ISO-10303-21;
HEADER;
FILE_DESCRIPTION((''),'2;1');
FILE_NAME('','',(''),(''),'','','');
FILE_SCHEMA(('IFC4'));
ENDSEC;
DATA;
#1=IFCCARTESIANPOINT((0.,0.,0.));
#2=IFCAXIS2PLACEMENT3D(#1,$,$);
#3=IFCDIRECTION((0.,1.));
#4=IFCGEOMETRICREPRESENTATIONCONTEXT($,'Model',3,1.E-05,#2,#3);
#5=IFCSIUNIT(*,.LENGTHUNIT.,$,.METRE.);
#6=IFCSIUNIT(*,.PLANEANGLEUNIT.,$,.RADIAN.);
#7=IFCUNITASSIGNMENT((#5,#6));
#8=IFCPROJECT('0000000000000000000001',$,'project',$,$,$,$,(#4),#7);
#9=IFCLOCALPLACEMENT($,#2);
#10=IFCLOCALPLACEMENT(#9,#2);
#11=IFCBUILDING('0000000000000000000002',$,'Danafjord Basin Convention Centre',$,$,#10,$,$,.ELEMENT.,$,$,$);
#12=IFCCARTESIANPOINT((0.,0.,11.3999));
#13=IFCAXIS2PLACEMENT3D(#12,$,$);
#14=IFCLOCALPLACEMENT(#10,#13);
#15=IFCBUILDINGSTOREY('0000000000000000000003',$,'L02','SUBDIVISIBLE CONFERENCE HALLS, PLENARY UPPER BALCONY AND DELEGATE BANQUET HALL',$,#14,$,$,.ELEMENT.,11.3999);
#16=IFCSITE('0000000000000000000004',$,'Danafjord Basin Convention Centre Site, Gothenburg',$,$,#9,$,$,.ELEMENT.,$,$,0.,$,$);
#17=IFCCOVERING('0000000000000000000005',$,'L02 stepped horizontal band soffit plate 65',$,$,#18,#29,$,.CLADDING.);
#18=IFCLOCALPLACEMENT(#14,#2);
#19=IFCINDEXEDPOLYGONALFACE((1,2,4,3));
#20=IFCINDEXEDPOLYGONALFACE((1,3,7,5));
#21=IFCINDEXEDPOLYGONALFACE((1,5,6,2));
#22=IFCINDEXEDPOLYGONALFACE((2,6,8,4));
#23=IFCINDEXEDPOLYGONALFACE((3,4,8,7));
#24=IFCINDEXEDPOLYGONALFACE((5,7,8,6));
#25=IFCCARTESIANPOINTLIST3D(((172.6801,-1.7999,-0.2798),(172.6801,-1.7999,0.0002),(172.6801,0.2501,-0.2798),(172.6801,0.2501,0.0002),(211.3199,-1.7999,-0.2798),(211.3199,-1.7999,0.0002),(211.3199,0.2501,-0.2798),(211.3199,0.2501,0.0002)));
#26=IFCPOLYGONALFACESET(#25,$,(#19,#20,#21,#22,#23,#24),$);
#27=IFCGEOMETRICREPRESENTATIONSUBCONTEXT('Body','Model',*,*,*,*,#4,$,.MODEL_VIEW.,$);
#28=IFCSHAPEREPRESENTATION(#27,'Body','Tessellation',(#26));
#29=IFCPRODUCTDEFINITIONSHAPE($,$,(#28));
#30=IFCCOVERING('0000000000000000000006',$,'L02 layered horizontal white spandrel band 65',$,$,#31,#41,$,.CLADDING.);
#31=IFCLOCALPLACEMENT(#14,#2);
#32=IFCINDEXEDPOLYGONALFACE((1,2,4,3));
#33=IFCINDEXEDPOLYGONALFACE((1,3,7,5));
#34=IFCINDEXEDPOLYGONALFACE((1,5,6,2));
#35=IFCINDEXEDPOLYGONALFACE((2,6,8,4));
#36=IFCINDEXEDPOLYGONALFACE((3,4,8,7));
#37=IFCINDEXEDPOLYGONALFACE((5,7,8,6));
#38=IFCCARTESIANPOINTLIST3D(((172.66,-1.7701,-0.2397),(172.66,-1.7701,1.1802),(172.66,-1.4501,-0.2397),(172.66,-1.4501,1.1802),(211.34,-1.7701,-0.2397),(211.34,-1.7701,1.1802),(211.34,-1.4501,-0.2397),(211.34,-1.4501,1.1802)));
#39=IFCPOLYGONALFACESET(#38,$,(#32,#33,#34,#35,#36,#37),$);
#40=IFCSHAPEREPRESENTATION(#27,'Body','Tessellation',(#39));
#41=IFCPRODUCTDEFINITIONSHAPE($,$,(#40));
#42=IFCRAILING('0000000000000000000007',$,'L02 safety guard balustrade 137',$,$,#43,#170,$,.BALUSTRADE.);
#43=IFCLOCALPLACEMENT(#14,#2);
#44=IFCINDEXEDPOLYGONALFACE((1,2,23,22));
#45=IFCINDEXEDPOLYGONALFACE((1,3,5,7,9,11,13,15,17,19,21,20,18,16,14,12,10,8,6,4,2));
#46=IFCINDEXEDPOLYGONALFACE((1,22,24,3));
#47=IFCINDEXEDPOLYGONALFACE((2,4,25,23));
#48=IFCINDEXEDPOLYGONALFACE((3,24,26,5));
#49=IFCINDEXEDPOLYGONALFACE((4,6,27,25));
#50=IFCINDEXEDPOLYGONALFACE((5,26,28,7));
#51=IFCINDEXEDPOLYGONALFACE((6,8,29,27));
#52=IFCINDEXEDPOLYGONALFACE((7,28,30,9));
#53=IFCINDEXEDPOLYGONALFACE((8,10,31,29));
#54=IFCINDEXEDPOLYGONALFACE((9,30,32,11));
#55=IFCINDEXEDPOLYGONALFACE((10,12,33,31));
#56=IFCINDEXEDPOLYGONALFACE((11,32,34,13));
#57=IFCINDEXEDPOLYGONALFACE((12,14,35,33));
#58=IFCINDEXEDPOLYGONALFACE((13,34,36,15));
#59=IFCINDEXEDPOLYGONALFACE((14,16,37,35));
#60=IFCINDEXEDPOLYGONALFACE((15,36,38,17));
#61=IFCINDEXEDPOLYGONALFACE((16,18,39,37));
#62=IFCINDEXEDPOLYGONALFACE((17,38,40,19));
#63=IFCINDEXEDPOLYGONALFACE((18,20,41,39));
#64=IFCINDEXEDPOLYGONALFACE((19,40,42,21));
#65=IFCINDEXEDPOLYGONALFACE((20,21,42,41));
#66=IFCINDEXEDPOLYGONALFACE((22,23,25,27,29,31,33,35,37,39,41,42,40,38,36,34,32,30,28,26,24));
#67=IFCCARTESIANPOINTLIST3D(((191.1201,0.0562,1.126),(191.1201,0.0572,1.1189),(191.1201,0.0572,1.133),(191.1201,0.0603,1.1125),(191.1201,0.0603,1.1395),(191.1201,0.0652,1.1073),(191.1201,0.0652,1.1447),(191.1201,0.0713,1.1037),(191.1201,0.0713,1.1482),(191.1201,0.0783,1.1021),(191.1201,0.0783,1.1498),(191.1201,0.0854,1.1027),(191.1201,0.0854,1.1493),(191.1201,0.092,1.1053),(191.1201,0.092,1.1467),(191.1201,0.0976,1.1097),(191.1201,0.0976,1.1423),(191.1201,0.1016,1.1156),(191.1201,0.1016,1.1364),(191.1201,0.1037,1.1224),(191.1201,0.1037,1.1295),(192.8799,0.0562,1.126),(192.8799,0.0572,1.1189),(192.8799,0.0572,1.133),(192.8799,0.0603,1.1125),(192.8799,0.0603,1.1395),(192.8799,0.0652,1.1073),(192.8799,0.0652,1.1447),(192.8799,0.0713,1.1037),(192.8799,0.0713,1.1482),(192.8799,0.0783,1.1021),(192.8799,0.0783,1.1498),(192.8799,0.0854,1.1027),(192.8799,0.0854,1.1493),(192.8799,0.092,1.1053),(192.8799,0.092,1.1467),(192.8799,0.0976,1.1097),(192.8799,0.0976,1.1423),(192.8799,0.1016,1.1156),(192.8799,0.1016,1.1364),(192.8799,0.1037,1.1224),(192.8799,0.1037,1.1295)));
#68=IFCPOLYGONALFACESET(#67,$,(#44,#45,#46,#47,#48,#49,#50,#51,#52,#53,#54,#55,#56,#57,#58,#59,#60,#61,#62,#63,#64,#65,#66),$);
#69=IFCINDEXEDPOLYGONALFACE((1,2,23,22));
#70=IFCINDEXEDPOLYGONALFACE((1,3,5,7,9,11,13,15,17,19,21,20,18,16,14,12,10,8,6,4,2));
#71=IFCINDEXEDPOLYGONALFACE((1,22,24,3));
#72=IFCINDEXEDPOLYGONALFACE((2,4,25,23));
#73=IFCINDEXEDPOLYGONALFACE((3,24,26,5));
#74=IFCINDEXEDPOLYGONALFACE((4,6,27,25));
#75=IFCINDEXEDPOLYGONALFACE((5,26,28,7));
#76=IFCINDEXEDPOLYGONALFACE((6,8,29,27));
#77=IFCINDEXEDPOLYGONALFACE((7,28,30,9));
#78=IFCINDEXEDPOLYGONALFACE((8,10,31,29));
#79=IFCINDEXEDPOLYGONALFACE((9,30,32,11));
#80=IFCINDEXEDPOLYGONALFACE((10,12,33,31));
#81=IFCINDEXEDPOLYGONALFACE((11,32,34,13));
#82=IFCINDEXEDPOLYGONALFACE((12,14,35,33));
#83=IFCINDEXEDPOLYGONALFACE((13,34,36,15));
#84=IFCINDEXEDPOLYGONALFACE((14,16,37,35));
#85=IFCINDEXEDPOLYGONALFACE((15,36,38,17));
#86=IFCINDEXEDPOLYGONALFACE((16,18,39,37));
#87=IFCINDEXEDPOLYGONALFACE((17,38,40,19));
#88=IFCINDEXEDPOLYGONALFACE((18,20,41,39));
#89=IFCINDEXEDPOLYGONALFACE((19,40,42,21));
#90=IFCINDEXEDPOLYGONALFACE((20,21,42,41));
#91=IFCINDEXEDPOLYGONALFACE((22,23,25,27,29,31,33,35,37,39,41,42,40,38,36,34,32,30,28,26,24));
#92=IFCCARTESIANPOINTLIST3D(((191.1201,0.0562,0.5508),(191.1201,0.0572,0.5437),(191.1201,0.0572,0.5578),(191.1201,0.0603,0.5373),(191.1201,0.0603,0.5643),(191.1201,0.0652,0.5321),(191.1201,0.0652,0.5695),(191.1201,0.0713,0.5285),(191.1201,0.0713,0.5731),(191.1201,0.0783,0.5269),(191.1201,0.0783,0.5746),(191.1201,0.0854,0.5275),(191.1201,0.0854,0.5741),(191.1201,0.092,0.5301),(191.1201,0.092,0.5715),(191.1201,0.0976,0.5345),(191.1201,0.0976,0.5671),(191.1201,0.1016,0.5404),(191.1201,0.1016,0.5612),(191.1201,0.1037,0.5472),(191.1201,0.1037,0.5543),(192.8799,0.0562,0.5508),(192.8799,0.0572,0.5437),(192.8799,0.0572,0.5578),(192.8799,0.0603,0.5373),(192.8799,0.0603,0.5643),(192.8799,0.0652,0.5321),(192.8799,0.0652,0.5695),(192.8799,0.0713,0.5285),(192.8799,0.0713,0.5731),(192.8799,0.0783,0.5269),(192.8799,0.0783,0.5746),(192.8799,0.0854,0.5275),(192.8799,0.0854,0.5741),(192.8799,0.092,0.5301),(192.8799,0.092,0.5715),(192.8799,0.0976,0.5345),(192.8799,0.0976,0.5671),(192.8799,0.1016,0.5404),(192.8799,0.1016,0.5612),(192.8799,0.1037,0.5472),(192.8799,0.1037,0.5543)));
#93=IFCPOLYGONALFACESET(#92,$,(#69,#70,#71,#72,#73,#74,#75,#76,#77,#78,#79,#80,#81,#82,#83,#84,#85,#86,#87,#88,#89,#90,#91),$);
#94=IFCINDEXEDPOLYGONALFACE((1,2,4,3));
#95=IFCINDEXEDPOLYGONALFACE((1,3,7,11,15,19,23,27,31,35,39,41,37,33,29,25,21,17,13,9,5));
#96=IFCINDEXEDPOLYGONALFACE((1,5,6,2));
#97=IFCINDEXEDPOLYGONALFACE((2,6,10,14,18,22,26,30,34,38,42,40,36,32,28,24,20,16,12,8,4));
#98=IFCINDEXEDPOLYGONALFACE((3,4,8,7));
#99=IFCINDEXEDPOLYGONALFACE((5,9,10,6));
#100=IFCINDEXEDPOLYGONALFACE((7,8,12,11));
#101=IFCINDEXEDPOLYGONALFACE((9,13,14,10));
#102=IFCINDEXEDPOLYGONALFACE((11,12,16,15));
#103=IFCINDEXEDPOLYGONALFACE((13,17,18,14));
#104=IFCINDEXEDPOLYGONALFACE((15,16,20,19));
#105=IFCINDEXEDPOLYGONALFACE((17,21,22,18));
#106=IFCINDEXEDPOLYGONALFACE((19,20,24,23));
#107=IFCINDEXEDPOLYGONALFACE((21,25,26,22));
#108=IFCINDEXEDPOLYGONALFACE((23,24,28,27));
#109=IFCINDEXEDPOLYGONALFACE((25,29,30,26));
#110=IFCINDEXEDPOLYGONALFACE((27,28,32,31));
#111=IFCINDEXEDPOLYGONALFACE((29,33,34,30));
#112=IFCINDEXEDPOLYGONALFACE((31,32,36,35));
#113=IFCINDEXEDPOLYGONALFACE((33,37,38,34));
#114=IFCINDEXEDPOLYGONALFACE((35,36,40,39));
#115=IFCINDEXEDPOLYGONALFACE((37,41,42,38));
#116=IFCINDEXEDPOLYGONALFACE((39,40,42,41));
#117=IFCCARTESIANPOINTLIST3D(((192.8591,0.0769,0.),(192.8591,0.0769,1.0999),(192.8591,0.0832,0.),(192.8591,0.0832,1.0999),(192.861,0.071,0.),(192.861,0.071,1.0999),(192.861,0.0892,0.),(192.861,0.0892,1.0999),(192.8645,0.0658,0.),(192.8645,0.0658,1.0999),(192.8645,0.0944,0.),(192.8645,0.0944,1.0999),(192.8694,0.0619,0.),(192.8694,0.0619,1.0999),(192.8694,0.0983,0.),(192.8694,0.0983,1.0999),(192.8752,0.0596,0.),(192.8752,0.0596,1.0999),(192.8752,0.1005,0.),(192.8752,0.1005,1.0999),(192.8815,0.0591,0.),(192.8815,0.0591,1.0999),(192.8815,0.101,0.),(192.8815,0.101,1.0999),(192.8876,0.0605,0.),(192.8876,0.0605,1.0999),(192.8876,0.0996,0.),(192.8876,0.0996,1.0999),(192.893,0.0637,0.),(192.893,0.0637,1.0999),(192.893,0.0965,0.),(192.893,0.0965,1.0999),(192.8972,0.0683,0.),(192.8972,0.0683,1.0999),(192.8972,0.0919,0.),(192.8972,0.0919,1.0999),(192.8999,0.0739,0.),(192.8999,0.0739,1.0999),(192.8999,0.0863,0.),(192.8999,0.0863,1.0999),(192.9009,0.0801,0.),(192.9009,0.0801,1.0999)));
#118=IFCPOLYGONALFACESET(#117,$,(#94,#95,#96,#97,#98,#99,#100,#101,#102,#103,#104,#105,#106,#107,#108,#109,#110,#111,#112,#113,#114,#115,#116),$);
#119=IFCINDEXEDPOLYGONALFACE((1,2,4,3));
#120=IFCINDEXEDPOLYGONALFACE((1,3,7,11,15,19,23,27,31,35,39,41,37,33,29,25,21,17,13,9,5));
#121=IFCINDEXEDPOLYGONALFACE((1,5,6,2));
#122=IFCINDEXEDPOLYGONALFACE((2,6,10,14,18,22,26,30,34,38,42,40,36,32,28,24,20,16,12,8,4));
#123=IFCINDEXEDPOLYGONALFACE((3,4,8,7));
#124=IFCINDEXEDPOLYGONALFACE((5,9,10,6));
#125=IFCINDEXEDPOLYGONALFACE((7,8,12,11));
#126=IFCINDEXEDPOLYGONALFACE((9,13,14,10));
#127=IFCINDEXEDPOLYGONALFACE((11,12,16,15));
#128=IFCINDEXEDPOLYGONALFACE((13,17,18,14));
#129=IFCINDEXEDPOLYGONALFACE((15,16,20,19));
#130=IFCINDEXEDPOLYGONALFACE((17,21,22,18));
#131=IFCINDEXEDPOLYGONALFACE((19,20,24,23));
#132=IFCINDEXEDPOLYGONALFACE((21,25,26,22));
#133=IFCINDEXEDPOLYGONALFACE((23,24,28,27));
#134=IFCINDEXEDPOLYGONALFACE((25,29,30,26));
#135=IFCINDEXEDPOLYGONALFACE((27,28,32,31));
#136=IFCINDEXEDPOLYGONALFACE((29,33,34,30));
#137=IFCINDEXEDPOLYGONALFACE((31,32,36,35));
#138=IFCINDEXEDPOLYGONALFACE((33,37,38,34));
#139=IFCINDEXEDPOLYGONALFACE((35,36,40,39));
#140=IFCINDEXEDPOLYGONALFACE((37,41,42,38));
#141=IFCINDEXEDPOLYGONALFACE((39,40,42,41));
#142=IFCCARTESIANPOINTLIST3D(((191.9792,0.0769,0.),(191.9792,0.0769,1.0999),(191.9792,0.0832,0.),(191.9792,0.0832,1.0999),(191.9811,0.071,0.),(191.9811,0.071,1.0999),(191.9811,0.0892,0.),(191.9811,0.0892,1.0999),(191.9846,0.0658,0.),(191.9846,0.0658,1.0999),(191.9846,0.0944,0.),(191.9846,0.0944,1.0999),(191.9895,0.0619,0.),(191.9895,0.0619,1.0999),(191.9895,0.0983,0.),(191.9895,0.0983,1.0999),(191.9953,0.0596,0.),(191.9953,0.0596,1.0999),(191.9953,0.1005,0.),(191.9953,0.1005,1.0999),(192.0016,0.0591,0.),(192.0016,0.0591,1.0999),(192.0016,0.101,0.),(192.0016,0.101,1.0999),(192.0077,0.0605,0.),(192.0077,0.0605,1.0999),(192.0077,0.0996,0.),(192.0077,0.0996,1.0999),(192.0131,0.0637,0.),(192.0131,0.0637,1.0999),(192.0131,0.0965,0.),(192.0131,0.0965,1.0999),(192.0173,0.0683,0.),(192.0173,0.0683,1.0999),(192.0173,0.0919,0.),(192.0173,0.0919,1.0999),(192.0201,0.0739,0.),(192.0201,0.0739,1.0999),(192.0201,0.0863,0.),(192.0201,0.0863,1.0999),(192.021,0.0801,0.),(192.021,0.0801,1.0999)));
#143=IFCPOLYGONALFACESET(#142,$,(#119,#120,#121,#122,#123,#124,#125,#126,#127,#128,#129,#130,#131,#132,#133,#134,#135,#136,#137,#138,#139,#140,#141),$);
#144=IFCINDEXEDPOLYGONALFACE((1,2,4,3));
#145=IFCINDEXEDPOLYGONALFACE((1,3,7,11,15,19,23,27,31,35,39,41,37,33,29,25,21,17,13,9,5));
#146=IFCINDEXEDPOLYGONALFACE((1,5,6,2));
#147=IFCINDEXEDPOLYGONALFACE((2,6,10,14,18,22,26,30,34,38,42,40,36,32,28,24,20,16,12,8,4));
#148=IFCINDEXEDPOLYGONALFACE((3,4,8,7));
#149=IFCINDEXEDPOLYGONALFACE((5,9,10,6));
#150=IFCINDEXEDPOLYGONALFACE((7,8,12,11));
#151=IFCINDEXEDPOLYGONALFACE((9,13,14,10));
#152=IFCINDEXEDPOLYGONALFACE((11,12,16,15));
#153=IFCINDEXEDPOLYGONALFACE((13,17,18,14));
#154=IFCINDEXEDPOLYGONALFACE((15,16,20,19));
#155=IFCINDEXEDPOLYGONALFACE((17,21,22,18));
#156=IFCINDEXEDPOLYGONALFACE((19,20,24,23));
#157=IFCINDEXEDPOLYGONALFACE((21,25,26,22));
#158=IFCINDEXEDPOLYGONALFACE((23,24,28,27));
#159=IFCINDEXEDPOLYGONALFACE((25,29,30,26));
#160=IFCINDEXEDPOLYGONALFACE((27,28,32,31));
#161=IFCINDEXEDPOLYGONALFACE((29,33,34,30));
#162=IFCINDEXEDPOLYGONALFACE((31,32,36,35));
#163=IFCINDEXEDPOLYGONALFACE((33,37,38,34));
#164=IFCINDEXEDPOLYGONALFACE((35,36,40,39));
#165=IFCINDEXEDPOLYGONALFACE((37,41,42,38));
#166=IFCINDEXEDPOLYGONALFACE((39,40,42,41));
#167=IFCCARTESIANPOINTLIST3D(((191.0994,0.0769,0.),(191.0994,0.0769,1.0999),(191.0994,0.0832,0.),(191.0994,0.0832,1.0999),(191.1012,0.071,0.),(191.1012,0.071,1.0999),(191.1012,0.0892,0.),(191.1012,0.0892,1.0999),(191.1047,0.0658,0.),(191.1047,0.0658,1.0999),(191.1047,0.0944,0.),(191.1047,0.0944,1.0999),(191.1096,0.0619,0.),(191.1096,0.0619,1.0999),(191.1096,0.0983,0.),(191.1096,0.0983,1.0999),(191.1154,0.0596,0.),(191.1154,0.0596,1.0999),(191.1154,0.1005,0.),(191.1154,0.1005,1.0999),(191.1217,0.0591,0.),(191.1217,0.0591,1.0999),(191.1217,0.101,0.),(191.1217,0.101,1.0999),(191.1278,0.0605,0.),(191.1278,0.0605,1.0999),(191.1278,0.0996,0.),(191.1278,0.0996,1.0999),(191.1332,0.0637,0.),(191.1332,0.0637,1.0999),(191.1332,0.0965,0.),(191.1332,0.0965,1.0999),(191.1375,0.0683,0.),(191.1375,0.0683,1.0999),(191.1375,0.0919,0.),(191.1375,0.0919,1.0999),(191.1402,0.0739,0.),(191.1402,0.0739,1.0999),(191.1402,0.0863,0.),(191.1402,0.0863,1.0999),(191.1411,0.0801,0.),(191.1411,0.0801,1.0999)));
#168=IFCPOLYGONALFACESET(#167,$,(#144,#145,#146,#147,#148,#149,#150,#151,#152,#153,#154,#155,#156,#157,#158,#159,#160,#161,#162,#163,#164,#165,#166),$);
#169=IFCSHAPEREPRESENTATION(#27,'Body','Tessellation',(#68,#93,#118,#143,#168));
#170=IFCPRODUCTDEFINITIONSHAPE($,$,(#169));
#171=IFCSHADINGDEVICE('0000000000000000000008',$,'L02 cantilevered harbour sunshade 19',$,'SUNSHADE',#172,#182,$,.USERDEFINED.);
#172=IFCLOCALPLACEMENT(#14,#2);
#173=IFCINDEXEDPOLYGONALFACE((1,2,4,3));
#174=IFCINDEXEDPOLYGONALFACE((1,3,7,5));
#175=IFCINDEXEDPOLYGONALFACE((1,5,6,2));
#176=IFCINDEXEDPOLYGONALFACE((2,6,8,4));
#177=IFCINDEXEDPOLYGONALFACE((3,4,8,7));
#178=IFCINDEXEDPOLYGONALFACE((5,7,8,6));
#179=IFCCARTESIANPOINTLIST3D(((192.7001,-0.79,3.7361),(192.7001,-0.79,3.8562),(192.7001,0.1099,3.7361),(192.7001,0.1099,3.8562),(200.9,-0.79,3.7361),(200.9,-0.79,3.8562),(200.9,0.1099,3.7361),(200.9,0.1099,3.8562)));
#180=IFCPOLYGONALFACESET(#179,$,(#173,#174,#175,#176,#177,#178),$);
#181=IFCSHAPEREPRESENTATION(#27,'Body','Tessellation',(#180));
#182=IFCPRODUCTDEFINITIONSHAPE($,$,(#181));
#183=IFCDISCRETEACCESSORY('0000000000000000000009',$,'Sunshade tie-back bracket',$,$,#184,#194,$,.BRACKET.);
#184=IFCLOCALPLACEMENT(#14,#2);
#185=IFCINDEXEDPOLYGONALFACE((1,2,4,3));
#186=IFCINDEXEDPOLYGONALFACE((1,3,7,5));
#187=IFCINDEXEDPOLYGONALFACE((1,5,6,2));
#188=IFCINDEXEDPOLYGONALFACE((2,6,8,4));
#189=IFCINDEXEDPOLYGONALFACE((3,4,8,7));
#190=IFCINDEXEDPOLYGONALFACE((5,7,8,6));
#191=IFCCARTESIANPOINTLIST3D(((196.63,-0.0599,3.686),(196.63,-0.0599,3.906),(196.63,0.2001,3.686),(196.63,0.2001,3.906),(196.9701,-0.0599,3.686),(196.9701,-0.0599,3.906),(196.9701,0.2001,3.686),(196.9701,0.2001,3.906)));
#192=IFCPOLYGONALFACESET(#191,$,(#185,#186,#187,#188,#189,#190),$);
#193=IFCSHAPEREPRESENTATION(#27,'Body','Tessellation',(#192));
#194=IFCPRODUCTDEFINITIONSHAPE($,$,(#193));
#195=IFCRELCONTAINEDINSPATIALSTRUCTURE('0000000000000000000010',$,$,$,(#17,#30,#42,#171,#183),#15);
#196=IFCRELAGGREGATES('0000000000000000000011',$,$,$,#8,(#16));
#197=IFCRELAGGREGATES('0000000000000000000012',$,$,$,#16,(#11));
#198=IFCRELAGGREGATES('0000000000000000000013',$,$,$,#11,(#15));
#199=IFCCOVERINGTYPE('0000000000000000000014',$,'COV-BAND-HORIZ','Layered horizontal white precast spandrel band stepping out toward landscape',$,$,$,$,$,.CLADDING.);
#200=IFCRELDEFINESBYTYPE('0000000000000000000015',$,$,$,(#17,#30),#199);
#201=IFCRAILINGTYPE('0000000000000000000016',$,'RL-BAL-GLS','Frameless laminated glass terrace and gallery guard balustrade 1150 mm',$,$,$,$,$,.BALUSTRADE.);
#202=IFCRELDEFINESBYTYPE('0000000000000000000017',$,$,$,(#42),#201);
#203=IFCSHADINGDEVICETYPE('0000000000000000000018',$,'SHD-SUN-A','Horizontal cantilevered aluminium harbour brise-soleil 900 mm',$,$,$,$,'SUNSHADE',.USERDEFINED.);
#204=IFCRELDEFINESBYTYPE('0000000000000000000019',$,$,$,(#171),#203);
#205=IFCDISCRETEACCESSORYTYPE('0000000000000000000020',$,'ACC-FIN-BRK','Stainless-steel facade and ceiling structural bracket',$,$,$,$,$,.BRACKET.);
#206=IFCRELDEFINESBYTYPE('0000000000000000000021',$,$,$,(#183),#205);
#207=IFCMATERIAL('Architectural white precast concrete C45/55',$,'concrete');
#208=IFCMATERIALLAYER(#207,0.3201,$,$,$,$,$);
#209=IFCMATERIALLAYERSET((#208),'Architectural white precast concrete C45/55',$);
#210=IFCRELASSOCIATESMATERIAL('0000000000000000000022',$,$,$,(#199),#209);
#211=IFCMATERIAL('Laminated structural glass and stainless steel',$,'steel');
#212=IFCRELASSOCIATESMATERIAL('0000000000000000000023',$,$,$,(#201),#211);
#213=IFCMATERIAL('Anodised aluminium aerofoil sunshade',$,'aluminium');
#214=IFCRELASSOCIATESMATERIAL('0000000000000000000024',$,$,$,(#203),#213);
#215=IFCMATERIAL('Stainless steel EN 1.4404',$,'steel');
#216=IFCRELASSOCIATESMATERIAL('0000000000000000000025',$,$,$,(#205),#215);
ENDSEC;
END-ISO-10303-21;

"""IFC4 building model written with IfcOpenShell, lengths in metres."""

from ifc_helpers import new_model, si_unit, direction, frame, origin, origin_2d, place, context, subcontext, project, spatial, rectangle, circle, extrude, material, layer, layer_set, type_object, element, save


model = new_model("IFC4")

# Units and contexts
model_context = context("Model", 3, precision=1e-05, world=origin(), true_north=direction((0.0, 1.0)))
body_context = subcontext(model_context, "Body", "Model", "MODEL_VIEW")
ifc_project = project(units=[si_unit("LENGTHUNIT", "METRE"), si_unit("PLANEANGLEUNIT", "RADIAN")], contexts=[model_context])

# Site, building, storey
site_placement = place(None, origin())
site = spatial("IfcSite", under=ifc_project, at=site_placement, Name="Danafjord Basin Convention Centre Site, Gothenburg", CompositionType="ELEMENT", RefElevation=0.0)
building_placement = place(site_placement, origin())
building = spatial("IfcBuilding", under=site, at=building_placement, Name="Danafjord Basin Convention Centre", CompositionType="ELEMENT")
storey_placement = place(building_placement, frame((0.0, 0.0, 11.3999)))
storey = spatial("IfcBuildingStorey", under=building, at=storey_placement, Name="L02", Description="SUBDIVISIBLE CONFERENCE HALLS, PLENARY UPPER BALCONY AND DELEGATE BANQUET HALL", CompositionType="ELEMENT", Elevation=11.3999)

# Coverings
ifc_material_1 = material(Name="Architectural white precast concrete C45/55", Category="concrete")
ifc_layer_1 = layer(ifc_material_1, 0.3201)
ifc_layer_set_1 = layer_set([ifc_layer_1], Name="Architectural white precast concrete C45/55")
covering_type = type_object("IfcCoveringType", Name="COV-BAND-HORIZ", Description="Layered horizontal white precast spandrel band stepping out toward landscape", PredefinedType="CLADDING", material=ifc_layer_set_1)
covering_1_placement = place(storey_placement, frame((192.0, -0.7749, -0.2798), z_axis=(0.0, 0.0, 1.0), x_axis=(1.0, 0.0, 0.0)))
element("IfcCovering", 1, at=covering_1_placement, inside=storey, type_object=covering_type, Name="L02 stepped horizontal band soffit plate 65", PredefinedType="CLADDING", context=body_context, shape_type="SweptSolid", body=[
    extrude(rectangle(XDim=38.6399, YDim=2.05, at=origin_2d()), origin(), (0.0, 0.0, 1.0), 0.28),
])
covering_2_placement = place(storey_placement, frame((192.0, -1.6101, -0.2397), z_axis=(0.0, 0.0, 1.0), x_axis=(1.0, 0.0, 0.0)))
element("IfcCovering", 2, at=covering_2_placement, inside=storey, type_object=covering_type, Name="L02 layered horizontal white spandrel band 65", PredefinedType="CLADDING", context=body_context, shape_type="SweptSolid", body=[
    extrude(rectangle(XDim=38.6799, YDim=0.3201, at=origin_2d()), origin(), (0.0, 0.0, 1.0), 1.4199),
])

# Railing
ifc_material_2 = material(Name="Laminated structural glass and stainless steel", Category="steel")
railing_type = type_object("IfcRailingType", Name="RL-BAL-GLS", Description="Frameless laminated glass terrace and gallery guard balustrade 1150 mm", PredefinedType="BALUSTRADE", material=ifc_material_2)
railing_placement = place(storey_placement, frame((192.8799, 0.0801, 0.0)))
element("IfcRailing", 3, at=railing_placement, inside=storey, type_object=railing_type, Name="L02 safety guard balustrade 137", PredefinedType="BALUSTRADE", context=body_context, shape_type="SweptSolid", body=[
    extrude(circle(Radius=0.0239, at=origin_2d()), frame((0.0, 0.0, 1.126), z_axis=(-1.0, 0.0, 0.0), x_axis=(0.0, -1.0, 0.0)), (0.0, 0.0, 1.0), 1.7598),
    extrude(circle(Radius=0.0239, at=origin_2d()), frame((0.0, 0.0, 0.5508), z_axis=(-1.0, 0.0, 0.0), x_axis=(0.0, -1.0, 0.0)), (0.0, 0.0, 1.0), 1.7598),
    extrude(circle(Radius=0.021, at=origin_2d()), origin(), (0.0, 0.0, 1.0), 1.0999),
    extrude(circle(Radius=0.021, at=origin_2d()), frame((-0.8799, 0.0, 0.0)), (0.0, 0.0, 1.0), 1.0999),
    extrude(circle(Radius=0.021, at=origin_2d()), frame((-1.7598, 0.0, 0.0)), (0.0, 0.0, 1.0), 1.0999),
])

# Shading device
ifc_material_3 = material(Name="Anodised aluminium aerofoil sunshade", Category="aluminium")
shading_device_type = type_object("IfcShadingDeviceType", Name="SHD-SUN-A", Description="Horizontal cantilevered aluminium harbour brise-soleil 900 mm", ElementType="SUNSHADE", PredefinedType="USERDEFINED", material=ifc_material_3)
shading_device_placement = place(storey_placement, frame((196.8, -0.3401, 3.7361), z_axis=(0.0, 0.0, 1.0), x_axis=(1.0, 0.0, 0.0)))
element("IfcShadingDevice", 4, at=shading_device_placement, inside=storey, type_object=shading_device_type, Name="L02 cantilevered harbour sunshade 19", ObjectType="SUNSHADE", PredefinedType="USERDEFINED", context=body_context, shape_type="SweptSolid", body=[
    extrude(rectangle(XDim=8.2, YDim=0.8999, at=origin_2d()), origin(), (0.0, 0.0, 1.0), 0.1201),
])

# Discrete accessory
ifc_material_4 = material(Name="Stainless steel EN 1.4404", Category="steel")
discrete_accessory_type = type_object("IfcDiscreteAccessoryType", Name="ACC-FIN-BRK", Description="Stainless-steel facade and ceiling structural bracket", PredefinedType="BRACKET", material=ifc_material_4)
discrete_accessory_placement = place(storey_placement, frame((196.8, 0.0701, 3.686), z_axis=(0.0, 0.0, 1.0), x_axis=(1.0, 0.0, 0.0)))
element("IfcDiscreteAccessory", 5, at=discrete_accessory_placement, inside=storey, type_object=discrete_accessory_type, Name="Sunshade tie-back bracket", PredefinedType="BRACKET", context=body_context, shape_type="SweptSolid", body=[
    extrude(rectangle(XDim=0.3401, YDim=0.26, at=origin_2d()), origin(), (0.0, 0.0, 1.0), 0.22),
])

save(model, "model.ifc")
